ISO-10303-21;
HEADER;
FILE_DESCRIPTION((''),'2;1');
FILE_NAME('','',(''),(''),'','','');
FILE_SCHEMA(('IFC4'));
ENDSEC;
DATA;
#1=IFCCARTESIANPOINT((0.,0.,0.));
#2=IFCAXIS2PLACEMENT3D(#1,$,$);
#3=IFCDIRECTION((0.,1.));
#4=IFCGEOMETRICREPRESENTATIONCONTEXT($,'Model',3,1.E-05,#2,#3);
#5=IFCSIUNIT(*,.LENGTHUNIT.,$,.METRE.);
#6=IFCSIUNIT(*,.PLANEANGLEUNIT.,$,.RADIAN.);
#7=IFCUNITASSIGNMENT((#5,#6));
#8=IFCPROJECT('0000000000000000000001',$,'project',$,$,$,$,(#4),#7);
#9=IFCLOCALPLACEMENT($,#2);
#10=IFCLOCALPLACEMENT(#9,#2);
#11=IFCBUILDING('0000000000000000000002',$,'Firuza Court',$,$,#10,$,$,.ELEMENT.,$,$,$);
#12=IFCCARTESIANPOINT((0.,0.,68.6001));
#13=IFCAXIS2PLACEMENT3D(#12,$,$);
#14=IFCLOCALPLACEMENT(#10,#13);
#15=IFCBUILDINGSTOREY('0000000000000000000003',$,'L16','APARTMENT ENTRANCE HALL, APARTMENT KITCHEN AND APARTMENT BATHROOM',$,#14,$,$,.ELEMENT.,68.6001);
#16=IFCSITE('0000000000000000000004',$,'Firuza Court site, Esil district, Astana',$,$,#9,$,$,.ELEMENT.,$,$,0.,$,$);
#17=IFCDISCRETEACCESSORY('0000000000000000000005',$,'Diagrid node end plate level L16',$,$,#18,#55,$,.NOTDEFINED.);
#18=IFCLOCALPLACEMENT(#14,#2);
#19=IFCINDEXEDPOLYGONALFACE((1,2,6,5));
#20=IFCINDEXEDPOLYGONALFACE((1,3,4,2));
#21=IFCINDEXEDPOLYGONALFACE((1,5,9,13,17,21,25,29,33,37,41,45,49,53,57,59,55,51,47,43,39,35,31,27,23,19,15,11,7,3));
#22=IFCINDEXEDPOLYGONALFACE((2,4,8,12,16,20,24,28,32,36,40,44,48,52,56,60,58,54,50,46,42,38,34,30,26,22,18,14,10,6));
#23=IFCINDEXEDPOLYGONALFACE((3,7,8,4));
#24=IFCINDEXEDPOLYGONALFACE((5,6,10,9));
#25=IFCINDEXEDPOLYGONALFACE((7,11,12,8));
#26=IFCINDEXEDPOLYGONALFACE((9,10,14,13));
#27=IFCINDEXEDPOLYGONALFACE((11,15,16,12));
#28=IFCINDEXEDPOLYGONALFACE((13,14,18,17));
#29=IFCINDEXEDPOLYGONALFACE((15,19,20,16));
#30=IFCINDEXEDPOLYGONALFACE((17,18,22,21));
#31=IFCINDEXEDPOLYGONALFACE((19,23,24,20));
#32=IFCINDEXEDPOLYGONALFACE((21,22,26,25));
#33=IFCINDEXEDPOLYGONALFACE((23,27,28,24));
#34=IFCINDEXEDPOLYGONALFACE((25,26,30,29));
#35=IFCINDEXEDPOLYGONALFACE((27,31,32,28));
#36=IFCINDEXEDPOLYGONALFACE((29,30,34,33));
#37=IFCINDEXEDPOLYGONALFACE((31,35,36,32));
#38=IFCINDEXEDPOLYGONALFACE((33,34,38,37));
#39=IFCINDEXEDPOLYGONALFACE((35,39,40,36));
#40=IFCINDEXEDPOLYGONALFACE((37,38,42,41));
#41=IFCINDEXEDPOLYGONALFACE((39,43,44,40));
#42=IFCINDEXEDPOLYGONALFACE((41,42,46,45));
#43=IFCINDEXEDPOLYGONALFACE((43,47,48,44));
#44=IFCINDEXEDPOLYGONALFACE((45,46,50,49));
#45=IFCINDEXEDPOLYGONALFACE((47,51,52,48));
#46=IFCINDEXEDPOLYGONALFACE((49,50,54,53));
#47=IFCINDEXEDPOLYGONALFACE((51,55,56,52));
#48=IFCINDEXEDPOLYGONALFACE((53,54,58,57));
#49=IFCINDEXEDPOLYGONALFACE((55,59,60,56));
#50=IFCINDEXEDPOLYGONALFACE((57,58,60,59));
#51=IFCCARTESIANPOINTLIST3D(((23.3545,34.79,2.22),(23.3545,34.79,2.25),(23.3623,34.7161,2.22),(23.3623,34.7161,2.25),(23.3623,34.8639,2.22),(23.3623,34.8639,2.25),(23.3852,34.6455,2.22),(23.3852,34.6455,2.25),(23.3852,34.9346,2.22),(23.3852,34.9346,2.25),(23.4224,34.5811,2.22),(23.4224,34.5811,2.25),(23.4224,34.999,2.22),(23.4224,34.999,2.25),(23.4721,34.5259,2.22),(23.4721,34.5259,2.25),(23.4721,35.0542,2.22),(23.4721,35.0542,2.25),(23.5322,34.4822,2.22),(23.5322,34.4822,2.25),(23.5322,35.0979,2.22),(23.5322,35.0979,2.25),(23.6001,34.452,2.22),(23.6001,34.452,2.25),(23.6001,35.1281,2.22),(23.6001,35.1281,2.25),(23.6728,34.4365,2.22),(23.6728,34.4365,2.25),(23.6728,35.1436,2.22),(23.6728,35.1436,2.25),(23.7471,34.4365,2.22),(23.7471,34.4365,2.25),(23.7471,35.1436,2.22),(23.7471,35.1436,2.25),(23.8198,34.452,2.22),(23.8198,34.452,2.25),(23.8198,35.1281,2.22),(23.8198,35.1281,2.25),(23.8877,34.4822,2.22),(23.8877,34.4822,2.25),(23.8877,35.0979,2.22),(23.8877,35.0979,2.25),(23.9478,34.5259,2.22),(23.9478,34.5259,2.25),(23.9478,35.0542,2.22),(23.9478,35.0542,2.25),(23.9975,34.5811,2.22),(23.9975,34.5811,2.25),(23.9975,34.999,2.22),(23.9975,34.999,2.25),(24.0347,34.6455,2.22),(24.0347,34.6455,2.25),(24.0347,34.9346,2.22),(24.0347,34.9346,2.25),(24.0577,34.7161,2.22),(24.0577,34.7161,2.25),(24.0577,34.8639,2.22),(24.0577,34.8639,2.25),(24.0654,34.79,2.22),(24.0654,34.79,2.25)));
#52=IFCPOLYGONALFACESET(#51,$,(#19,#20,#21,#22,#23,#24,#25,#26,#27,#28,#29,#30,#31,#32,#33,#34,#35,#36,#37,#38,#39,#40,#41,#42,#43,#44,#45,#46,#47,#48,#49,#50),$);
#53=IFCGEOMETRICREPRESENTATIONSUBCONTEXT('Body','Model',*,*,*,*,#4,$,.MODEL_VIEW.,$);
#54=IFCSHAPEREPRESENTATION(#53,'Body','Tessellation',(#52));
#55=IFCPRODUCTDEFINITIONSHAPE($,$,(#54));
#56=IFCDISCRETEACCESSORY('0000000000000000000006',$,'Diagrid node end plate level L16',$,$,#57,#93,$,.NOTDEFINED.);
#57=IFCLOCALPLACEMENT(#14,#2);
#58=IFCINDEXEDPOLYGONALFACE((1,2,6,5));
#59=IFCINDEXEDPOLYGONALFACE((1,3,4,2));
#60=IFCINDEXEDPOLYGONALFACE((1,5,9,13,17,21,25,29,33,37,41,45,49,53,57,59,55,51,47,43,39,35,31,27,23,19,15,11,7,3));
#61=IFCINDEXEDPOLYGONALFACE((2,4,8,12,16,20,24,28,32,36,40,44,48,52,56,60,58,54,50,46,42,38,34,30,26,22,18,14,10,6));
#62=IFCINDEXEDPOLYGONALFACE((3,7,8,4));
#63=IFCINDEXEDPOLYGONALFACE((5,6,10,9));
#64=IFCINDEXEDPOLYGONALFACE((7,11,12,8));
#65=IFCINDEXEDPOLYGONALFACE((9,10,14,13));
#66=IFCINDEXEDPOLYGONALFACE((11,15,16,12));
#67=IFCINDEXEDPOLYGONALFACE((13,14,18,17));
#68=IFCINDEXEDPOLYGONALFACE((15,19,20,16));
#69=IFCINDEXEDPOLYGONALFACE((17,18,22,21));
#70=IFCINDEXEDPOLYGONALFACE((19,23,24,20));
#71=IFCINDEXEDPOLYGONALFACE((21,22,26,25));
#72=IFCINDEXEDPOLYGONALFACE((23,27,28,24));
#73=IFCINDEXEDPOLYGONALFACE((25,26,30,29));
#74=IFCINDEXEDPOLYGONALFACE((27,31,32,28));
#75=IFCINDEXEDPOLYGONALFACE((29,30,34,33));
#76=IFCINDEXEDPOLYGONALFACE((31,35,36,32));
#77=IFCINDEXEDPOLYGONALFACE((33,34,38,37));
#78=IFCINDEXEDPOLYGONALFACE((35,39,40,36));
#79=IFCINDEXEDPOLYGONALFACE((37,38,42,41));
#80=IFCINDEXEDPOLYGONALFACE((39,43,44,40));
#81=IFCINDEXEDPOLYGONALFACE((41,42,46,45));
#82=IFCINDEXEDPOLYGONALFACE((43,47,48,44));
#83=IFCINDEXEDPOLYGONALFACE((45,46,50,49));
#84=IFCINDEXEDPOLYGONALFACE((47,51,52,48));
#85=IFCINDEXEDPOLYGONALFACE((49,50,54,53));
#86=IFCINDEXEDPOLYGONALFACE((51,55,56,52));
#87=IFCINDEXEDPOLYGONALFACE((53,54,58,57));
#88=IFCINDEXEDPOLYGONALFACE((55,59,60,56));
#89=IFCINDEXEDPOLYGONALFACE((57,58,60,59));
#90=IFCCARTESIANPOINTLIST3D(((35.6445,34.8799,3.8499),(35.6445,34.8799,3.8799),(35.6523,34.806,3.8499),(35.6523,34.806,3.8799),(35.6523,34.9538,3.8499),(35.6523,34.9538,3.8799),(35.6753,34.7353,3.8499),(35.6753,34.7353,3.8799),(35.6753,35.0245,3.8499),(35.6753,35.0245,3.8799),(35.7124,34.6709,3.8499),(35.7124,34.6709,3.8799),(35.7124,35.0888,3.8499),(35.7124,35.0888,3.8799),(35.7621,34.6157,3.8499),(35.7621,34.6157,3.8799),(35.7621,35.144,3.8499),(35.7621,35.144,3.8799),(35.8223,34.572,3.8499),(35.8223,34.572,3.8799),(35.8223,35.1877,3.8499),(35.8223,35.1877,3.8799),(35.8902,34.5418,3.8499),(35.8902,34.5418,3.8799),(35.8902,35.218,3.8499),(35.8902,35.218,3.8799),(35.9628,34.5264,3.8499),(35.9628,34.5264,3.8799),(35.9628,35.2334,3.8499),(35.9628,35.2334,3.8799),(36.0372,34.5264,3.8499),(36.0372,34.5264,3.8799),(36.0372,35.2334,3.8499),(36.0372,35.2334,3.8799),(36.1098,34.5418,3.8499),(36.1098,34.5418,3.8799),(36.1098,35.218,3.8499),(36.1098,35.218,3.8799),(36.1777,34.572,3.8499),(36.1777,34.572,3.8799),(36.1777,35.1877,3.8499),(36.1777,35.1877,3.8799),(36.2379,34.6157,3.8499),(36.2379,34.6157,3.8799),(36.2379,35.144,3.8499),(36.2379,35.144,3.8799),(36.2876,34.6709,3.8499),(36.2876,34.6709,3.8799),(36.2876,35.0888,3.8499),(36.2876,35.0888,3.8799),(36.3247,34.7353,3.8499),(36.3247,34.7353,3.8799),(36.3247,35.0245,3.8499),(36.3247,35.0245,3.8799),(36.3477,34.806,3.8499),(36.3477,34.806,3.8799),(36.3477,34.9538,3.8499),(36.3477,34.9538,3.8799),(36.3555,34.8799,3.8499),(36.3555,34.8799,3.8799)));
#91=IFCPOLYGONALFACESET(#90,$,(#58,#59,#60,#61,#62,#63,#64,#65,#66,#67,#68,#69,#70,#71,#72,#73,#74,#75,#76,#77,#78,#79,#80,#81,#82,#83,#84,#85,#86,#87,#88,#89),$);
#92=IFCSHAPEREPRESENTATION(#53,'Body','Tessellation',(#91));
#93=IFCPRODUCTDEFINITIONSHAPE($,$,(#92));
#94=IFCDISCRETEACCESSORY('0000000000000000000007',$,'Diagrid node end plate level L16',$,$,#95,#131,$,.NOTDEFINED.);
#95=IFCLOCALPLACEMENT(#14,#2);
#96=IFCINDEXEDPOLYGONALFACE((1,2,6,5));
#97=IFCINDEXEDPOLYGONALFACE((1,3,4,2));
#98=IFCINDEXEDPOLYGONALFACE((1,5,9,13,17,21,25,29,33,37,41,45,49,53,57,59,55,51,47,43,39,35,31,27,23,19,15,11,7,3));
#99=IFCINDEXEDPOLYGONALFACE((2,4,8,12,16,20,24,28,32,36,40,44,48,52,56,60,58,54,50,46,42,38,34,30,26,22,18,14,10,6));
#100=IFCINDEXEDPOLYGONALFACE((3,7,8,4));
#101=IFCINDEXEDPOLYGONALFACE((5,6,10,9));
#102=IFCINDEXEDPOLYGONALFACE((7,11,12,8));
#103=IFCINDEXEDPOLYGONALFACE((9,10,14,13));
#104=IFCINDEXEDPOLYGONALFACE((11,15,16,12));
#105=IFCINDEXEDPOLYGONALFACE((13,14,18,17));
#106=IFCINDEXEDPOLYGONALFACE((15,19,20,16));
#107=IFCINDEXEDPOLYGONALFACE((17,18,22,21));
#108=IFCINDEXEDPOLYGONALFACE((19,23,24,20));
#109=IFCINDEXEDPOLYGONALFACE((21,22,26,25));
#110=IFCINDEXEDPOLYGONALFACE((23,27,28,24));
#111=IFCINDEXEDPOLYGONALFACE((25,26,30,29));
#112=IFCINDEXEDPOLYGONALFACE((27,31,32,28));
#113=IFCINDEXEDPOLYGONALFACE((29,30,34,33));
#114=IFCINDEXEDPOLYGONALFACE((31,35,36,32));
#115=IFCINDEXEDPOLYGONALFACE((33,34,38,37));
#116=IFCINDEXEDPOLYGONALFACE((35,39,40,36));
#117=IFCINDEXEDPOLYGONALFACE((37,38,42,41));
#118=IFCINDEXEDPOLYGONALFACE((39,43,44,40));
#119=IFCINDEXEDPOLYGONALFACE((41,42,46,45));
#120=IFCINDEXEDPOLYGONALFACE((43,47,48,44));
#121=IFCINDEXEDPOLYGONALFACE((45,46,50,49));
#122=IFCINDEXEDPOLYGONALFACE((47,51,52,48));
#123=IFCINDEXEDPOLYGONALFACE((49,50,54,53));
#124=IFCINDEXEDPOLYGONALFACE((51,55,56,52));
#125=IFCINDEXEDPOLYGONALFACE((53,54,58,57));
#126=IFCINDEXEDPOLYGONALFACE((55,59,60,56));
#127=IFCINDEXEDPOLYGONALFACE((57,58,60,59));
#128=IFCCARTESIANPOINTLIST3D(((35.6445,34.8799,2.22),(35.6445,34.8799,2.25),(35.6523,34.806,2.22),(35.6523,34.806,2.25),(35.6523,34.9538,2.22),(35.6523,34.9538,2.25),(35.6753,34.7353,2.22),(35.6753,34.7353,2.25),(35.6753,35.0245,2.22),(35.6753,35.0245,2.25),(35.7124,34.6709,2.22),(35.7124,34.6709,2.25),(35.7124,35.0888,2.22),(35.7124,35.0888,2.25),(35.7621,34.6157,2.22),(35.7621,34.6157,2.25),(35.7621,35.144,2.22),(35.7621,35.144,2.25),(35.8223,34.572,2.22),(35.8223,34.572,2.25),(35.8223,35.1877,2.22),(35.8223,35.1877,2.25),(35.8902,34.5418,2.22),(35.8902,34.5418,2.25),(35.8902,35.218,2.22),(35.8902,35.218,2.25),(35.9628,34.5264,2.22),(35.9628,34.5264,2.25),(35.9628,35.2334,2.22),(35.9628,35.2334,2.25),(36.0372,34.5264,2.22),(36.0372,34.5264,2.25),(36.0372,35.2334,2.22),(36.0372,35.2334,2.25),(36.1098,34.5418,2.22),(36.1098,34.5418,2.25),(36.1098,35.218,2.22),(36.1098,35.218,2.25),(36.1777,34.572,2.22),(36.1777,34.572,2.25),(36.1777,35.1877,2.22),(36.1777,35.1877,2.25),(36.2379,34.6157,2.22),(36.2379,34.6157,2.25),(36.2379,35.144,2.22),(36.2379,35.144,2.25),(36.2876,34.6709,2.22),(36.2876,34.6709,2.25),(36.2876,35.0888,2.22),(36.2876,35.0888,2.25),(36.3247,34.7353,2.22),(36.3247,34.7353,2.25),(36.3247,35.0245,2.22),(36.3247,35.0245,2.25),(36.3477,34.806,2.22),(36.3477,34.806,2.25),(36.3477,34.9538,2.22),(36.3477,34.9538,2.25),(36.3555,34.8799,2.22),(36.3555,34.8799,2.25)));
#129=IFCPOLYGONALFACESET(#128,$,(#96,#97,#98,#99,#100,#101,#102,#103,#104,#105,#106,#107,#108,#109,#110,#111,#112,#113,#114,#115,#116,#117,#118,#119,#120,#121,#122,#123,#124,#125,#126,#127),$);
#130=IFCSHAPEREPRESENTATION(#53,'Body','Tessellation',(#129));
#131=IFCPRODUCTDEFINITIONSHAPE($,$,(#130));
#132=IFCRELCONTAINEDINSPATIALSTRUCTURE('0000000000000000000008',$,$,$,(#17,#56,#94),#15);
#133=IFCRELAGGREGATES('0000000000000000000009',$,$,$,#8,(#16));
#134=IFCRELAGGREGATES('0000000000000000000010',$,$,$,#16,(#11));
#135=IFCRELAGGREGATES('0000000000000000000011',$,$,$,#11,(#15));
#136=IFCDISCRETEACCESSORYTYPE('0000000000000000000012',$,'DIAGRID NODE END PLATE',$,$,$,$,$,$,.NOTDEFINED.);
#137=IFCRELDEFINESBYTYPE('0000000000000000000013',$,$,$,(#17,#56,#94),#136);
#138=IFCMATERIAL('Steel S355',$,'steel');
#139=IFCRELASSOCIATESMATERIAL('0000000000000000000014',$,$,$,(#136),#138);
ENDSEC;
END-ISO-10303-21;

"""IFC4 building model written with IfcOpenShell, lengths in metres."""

from ifc_helpers import new_model, si_unit, direction, frame, origin, origin_2d, place, context, subcontext, project, spatial, circle, extrude, material, material_profile, profile_set, type_object, element, save


model = new_model("IFC4")

# Units and contexts
model_context = context("Model", 3, precision=1e-05, world=origin(), true_north=direction((0.0, 1.0)))
body_context = subcontext(model_context, "Body", "Model", "MODEL_VIEW")
ifc_project = project(units=[si_unit("LENGTHUNIT", "METRE"), si_unit("PLANEANGLEUNIT", "RADIAN")], contexts=[model_context])

# Site, building, storey
site_placement = place(None, origin())
site = spatial("IfcSite", under=ifc_project, at=site_placement, Name="Firuza Court site, Esil district, Astana", CompositionType="ELEMENT", RefElevation=0.0)
building_placement = place(site_placement, origin())
building = spatial("IfcBuilding", under=site, at=building_placement, Name="Firuza Court", CompositionType="ELEMENT")
storey_placement = place(building_placement, frame((0.0, 0.0, 68.6001)))
storey = spatial("IfcBuildingStorey", under=building, at=storey_placement, Name="L16", Description="APARTMENT ENTRANCE HALL, APARTMENT KITCHEN AND APARTMENT BATHROOM", CompositionType="ELEMENT", Elevation=68.6001)

# Discrete accessories
ifc_material_1 = material(Name="Steel S355", Category="steel")
ifc_material_profile_1 = material_profile(ifc_material_1, circle(Radius=0.3555, at=origin_2d()), Name="PL D711")
ifc_profile_set_1 = profile_set([ifc_material_profile_1], Name="Steel S355")
discrete_accessory_type = type_object("IfcDiscreteAccessoryType", Name="DIAGRID NODE END PLATE", PredefinedType="NOTDEFINED", material=ifc_profile_set_1)
for number, where, z_axis, x_axis, name in (
    (1, (23.71, 34.79, 2.22), (0.0, 0.0, 1.0), (1.0, 0.0, 0.0), "Diagrid node end plate level L16"),
    (2, (36.0, 34.8799, 3.8499), (0.0, 0.0, 1.0), (1.0, 0.0, 0.0), "Diagrid node end plate level L16"),
    (3, (36.0, 34.8799, 2.22), (0.0, 0.0, 1.0), (1.0, 0.0, 0.0), "Diagrid node end plate level L16"),
):
    element("IfcDiscreteAccessory", number, at=place(storey_placement, frame(where, z_axis=z_axis, x_axis=x_axis)), inside=storey, type_object=discrete_accessory_type, Name=name, PredefinedType="NOTDEFINED", context=body_context, shape_type="SweptSolid", body=[
        extrude(circle(Radius=0.3555, at=origin_2d()), origin(), (0.0, 0.0, 1.0), 0.03),
    ])

save(model, "model.ifc")
